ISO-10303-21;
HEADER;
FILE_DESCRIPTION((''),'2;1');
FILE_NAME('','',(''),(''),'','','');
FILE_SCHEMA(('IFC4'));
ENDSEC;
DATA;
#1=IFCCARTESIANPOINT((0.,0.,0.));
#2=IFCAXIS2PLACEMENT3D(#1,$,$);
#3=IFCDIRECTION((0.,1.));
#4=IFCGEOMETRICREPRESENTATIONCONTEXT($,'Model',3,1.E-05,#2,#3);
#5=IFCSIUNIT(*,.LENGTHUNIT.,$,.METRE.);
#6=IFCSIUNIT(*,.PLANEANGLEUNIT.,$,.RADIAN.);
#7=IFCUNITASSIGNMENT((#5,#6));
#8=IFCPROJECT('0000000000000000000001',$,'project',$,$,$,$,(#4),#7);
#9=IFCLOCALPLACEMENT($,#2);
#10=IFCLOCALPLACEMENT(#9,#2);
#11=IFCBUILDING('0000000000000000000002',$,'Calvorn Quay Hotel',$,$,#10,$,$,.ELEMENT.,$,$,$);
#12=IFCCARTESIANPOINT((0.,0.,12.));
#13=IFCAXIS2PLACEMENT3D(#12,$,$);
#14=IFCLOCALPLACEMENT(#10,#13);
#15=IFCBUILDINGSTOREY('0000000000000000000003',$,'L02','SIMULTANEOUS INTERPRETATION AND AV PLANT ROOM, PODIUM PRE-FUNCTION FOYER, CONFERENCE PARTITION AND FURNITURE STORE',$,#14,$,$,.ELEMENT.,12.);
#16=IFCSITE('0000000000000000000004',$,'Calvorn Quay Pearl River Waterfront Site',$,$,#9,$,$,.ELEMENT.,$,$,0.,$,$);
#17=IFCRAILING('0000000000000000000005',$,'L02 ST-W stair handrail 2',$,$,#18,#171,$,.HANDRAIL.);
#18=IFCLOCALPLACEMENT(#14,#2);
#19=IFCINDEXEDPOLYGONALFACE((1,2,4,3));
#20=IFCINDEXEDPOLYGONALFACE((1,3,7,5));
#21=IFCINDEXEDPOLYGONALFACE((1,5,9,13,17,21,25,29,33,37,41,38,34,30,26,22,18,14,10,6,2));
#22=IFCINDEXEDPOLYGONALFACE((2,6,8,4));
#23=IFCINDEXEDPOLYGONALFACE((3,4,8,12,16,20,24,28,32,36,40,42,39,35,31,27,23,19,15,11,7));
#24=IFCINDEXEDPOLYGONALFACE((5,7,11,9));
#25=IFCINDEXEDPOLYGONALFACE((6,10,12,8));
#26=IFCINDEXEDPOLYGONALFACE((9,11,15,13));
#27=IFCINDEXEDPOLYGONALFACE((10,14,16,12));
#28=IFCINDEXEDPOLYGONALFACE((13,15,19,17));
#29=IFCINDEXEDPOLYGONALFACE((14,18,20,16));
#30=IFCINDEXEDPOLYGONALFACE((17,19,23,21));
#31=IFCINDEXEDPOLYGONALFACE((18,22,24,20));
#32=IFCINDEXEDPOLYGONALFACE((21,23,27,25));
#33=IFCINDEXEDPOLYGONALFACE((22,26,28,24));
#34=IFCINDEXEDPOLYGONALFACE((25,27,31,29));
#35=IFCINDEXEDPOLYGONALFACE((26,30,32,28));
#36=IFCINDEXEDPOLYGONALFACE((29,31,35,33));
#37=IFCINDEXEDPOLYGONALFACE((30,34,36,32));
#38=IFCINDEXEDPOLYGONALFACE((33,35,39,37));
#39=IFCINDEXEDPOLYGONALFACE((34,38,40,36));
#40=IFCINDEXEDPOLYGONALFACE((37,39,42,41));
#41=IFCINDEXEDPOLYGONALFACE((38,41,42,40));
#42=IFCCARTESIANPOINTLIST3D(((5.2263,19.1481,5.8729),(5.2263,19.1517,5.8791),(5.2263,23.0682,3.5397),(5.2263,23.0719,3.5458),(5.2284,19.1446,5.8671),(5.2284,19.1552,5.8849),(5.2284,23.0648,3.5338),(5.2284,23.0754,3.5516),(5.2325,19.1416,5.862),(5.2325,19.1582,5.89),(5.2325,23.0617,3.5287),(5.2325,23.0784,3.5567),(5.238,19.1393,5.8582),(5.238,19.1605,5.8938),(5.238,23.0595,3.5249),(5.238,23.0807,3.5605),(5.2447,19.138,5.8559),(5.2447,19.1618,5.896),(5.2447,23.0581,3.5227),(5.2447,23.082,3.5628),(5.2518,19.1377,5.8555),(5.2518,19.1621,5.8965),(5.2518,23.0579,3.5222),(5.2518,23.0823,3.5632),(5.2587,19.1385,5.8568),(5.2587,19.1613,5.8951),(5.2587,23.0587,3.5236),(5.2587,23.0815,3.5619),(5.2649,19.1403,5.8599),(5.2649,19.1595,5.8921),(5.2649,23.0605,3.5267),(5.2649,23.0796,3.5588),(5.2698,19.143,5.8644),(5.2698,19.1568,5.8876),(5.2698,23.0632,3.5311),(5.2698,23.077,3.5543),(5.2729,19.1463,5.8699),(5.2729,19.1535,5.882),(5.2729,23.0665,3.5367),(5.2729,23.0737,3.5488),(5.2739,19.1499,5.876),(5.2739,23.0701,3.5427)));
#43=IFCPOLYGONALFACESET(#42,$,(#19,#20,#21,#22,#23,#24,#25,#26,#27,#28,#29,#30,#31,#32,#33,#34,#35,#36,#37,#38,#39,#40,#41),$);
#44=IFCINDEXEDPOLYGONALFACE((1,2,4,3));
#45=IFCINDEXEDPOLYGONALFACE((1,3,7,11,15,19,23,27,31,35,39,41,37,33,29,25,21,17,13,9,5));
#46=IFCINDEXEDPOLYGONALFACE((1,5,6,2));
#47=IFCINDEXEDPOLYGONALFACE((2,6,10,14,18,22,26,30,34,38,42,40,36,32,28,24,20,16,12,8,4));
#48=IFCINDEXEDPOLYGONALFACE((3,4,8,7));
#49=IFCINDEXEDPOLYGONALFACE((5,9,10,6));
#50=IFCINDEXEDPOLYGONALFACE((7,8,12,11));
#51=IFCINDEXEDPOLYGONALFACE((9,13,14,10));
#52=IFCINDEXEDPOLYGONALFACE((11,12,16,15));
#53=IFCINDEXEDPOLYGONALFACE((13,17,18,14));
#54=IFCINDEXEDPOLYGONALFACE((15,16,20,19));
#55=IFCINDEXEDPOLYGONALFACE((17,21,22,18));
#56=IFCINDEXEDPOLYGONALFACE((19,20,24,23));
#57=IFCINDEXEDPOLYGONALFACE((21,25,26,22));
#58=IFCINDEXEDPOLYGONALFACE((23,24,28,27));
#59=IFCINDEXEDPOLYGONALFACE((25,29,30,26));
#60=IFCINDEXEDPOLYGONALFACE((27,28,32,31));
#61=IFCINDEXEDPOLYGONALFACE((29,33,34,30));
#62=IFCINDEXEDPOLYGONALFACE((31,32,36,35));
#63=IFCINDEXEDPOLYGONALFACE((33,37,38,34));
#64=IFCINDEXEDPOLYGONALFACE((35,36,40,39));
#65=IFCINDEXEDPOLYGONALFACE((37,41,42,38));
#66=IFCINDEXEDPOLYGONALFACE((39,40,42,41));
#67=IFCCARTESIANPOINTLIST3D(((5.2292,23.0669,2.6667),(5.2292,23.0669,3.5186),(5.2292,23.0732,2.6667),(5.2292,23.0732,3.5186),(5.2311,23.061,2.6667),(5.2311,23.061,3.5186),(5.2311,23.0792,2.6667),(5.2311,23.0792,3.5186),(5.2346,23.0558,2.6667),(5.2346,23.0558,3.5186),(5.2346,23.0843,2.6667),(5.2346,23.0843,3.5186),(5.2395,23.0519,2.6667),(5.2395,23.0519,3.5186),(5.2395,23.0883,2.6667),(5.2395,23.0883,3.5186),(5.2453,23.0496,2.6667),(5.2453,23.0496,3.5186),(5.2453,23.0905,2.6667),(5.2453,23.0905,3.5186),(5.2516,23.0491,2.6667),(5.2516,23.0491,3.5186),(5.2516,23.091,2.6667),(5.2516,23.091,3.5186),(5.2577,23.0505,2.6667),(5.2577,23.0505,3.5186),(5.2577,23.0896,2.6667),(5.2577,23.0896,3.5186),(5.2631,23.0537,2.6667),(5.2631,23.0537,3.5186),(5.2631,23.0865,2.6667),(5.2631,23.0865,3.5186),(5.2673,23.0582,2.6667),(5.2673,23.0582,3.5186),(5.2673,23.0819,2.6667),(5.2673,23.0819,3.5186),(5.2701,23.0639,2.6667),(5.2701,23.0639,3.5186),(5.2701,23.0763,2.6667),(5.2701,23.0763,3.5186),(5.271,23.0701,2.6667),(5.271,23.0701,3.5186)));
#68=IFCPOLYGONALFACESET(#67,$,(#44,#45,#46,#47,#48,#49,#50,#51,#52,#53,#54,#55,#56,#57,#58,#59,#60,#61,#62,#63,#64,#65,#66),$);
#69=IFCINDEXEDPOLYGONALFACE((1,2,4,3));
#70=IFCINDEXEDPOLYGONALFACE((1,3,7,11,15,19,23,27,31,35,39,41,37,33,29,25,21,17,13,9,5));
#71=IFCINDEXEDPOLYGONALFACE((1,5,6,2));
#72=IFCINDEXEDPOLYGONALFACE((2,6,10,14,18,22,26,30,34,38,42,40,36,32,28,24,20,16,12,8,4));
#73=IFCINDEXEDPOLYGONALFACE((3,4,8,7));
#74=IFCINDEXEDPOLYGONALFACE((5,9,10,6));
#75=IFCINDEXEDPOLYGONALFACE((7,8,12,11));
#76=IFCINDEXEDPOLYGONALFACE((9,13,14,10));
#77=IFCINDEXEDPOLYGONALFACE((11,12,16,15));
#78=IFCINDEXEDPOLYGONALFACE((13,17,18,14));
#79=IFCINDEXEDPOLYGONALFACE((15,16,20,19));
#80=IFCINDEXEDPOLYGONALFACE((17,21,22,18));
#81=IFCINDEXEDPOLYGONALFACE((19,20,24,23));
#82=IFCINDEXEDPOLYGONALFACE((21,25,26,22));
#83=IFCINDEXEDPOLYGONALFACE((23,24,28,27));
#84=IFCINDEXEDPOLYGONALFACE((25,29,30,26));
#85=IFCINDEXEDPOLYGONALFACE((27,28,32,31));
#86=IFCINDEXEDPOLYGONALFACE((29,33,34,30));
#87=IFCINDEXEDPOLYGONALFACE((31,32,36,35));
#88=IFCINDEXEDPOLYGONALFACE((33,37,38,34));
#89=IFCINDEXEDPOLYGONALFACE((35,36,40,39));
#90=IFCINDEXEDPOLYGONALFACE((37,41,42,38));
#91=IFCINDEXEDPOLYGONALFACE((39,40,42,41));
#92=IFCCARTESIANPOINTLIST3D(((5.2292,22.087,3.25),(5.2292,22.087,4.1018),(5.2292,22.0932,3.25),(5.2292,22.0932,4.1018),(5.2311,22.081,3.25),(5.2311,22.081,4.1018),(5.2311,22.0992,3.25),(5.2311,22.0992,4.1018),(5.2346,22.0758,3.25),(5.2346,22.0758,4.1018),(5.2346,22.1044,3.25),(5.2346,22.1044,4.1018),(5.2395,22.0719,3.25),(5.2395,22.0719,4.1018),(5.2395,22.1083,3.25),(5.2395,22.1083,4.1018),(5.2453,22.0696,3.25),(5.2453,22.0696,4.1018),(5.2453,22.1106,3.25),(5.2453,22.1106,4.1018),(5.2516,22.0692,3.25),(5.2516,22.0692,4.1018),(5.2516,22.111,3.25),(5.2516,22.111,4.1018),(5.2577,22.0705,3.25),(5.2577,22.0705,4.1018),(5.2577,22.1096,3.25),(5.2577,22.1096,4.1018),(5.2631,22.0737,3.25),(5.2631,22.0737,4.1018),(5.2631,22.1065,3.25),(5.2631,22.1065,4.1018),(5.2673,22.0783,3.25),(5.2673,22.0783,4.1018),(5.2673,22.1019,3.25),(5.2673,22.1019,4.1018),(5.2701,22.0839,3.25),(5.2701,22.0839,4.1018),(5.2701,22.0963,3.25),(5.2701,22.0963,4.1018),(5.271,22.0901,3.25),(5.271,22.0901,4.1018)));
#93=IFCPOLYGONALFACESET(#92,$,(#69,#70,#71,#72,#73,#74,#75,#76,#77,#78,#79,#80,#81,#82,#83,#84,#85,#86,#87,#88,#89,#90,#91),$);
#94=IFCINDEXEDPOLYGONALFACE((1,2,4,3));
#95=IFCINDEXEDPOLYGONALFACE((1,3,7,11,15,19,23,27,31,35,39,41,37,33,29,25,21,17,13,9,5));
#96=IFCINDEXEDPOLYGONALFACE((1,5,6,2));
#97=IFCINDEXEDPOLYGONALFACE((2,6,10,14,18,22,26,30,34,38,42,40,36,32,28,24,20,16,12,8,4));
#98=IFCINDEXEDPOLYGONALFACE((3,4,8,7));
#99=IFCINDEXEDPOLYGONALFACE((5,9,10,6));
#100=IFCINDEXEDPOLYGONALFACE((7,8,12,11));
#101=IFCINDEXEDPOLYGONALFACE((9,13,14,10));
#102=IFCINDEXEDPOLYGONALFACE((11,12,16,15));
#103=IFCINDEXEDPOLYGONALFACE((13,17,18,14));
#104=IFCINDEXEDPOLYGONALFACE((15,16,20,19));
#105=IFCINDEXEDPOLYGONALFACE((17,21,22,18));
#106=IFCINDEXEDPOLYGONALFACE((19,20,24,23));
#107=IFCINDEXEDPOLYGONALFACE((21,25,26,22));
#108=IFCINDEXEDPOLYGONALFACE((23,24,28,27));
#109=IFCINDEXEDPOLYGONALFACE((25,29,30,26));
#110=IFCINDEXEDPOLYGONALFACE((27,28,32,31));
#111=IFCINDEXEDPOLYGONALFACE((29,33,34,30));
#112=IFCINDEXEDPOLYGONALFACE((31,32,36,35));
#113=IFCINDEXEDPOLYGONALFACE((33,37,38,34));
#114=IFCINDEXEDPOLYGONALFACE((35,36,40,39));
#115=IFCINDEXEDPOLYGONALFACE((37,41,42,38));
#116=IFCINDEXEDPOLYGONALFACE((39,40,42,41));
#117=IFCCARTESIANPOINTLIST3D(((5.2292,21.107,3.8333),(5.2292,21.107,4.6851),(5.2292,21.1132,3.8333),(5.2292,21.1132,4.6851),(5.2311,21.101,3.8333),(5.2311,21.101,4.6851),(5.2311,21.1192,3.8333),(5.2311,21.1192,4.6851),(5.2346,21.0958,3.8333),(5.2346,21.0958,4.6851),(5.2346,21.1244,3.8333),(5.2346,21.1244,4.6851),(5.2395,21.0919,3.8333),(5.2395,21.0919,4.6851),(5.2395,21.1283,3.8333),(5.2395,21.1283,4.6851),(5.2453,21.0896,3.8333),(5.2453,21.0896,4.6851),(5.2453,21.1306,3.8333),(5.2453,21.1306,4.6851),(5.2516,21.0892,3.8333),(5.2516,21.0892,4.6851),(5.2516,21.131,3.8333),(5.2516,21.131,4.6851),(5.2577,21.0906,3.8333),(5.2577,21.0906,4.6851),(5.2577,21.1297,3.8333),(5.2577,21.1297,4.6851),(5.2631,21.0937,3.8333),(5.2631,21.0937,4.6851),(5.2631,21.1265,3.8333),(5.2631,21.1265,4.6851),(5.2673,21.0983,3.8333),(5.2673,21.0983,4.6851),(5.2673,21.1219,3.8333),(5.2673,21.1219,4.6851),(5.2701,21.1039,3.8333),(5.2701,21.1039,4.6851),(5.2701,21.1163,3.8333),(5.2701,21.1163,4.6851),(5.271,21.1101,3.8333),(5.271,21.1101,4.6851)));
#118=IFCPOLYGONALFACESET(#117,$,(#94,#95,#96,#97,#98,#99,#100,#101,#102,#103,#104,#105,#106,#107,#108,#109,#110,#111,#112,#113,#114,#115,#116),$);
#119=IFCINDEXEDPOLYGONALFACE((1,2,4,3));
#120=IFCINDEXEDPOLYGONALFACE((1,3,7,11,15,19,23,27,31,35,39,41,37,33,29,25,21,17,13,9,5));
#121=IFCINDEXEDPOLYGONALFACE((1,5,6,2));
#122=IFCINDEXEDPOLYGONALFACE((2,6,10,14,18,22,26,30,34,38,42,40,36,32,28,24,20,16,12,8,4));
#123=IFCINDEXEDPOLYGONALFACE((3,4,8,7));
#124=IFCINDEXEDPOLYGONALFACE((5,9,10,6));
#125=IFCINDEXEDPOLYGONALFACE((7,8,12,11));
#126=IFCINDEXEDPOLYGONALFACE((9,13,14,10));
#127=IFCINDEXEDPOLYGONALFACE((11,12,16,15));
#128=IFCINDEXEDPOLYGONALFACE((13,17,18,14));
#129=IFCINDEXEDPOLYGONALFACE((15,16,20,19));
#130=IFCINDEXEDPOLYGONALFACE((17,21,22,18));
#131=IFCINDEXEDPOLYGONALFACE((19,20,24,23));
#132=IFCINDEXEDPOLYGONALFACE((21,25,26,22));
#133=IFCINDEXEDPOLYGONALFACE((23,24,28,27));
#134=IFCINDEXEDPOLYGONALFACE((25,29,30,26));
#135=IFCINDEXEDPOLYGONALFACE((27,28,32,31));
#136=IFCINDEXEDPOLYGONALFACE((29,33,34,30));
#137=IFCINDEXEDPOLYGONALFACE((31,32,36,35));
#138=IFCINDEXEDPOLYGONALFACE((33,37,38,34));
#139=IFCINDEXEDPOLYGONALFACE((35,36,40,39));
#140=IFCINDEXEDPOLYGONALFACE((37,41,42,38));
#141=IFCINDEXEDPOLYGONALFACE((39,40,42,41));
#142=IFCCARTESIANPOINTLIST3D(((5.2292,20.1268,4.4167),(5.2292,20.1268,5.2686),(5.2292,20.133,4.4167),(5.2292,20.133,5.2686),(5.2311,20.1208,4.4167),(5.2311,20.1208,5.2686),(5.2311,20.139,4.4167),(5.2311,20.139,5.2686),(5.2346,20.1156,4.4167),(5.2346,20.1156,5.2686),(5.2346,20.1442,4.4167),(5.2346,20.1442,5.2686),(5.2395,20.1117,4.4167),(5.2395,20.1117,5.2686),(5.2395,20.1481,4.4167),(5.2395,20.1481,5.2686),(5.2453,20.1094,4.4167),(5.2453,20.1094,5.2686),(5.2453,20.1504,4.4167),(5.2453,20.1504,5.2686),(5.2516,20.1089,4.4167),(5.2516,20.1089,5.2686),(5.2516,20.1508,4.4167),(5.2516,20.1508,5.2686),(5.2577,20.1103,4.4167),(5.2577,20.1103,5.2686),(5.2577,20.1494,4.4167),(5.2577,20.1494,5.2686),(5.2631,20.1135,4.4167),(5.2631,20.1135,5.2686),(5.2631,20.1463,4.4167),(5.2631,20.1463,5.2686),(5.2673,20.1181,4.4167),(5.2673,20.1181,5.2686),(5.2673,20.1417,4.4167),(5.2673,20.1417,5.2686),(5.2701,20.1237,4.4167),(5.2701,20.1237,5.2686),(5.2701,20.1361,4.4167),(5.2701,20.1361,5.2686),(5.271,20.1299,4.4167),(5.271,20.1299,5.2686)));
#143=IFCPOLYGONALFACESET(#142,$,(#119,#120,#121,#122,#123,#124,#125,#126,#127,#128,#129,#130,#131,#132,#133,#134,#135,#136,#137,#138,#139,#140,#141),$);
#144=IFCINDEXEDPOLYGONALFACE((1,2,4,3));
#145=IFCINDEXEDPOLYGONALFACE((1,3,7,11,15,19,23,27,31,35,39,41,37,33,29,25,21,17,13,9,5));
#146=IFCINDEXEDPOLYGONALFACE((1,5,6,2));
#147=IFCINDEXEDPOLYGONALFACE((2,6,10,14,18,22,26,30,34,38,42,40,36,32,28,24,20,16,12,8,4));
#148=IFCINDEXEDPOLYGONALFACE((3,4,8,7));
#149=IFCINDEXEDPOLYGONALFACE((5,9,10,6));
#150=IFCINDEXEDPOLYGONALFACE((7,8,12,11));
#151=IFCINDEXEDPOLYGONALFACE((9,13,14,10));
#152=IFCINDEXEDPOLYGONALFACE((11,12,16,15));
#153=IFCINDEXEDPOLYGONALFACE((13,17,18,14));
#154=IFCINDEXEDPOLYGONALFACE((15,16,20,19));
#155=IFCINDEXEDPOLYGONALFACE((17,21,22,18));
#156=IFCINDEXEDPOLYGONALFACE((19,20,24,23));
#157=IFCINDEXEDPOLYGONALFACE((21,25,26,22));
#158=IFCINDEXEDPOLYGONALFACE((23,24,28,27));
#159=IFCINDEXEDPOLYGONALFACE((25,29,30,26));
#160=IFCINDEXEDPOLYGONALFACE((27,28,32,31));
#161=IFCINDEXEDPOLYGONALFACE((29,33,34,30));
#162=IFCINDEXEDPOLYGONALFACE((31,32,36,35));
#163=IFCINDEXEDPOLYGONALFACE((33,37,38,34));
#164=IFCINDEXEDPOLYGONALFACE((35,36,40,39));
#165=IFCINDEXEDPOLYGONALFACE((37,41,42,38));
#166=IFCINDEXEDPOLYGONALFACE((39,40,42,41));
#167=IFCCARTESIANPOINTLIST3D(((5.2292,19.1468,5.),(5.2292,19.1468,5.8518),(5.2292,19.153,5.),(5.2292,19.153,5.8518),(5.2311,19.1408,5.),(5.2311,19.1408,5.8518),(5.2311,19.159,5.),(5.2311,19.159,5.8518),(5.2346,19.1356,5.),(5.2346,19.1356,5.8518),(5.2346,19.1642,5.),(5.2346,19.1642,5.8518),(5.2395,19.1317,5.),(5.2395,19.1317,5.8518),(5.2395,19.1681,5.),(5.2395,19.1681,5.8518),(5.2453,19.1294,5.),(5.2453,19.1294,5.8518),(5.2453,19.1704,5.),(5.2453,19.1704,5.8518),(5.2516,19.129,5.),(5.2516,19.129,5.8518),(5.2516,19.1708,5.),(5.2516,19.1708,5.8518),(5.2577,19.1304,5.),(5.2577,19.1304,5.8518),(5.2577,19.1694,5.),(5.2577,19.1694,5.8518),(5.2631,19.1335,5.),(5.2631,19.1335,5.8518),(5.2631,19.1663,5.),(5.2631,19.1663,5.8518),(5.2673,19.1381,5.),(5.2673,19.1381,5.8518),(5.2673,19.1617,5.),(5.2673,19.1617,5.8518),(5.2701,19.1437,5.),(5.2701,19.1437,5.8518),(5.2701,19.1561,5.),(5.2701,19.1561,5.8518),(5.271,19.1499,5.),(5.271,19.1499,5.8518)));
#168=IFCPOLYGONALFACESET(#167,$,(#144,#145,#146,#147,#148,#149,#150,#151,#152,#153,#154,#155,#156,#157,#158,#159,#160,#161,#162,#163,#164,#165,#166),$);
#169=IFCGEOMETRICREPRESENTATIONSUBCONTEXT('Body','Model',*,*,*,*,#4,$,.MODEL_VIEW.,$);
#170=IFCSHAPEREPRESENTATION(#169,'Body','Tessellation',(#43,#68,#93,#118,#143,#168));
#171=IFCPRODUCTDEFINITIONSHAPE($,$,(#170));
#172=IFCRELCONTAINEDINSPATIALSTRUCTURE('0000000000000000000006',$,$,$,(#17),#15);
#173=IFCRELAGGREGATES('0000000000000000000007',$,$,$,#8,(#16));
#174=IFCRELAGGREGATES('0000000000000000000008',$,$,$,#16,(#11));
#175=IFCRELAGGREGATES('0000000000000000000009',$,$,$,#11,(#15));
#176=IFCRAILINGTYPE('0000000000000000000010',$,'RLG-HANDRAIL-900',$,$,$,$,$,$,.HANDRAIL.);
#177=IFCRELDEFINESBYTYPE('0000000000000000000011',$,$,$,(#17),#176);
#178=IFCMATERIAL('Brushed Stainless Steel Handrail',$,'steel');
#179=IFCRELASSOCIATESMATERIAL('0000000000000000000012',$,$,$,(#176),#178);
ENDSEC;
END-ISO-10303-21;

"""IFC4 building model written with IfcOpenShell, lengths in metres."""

from ifc_helpers import new_model, si_unit, direction, frame, origin, origin_2d, place, context, subcontext, project, spatial, circle, extrude, material, type_object, element, save


model = new_model("IFC4")

# Units and contexts
model_context = context("Model", 3, precision=1e-05, world=origin(), true_north=direction((0.0, 1.0)))
body_context = subcontext(model_context, "Body", "Model", "MODEL_VIEW")
ifc_project = project(units=[si_unit("LENGTHUNIT", "METRE"), si_unit("PLANEANGLEUNIT", "RADIAN")], contexts=[model_context])

# Site, building, storey
site_placement = place(None, origin())
site = spatial("IfcSite", under=ifc_project, at=site_placement, Name="Calvorn Quay Pearl River Waterfront Site", CompositionType="ELEMENT", RefElevation=0.0)
building_placement = place(site_placement, origin())
building = spatial("IfcBuilding", under=site, at=building_placement, Name="Calvorn Quay Hotel", CompositionType="ELEMENT")
storey_placement = place(building_placement, frame((0.0, 0.0, 12.0)))
storey = spatial("IfcBuildingStorey", under=building, at=storey_placement, Name="L02", Description="SIMULTANEOUS INTERPRETATION AND AV PLANT ROOM, PODIUM PRE-FUNCTION FOYER, CONFERENCE PARTITION AND FURNITURE STORE", CompositionType="ELEMENT", Elevation=12.0)

# Railing
ifc_material_1 = material(Name="Brushed Stainless Steel Handrail", Category="steel")
railing_type_1 = type_object("IfcRailingType", Name="RLG-HANDRAIL-900", PredefinedType="HANDRAIL", material=ifc_material_1)
railing_1_placement = place(storey_placement, frame((5.25, 23.0701, 2.6667)))
element("IfcRailing", 1, at=railing_1_placement, inside=storey, type_object=railing_type_1, Name="L02 ST-W stair handrail 2", PredefinedType="HANDRAIL", context=body_context, shape_type="SweptSolid", body=[
    extrude(circle(Radius=0.0239, at=origin_2d()), frame((0.0, 0.0, 0.876), z_axis=(0.0, -0.85931, 0.511455), x_axis=(1.0, 0.0, 0.0)), (0.0, 0.0, 1.0), 4.562),
    extrude(circle(Radius=0.021, at=origin_2d()), origin(), (0.0, 0.0, 1.0), 0.8518),
    extrude(circle(Radius=0.021, at=origin_2d()), frame((0.0, -0.98, 0.5833)), (0.0, 0.0, 1.0), 0.8518),
    extrude(circle(Radius=0.021, at=origin_2d()), frame((0.0, -1.96, 1.1665)), (0.0, 0.0, 1.0), 0.8518),
    extrude(circle(Radius=0.021, at=origin_2d()), frame((0.0, -2.9402, 1.75)), (0.0, 0.0, 1.0), 0.8518),
    extrude(circle(Radius=0.021, at=origin_2d()), frame((0.0, -3.9202, 2.3333)), (0.0, 0.0, 1.0), 0.8518),
])

save(model, "model.ifc")
